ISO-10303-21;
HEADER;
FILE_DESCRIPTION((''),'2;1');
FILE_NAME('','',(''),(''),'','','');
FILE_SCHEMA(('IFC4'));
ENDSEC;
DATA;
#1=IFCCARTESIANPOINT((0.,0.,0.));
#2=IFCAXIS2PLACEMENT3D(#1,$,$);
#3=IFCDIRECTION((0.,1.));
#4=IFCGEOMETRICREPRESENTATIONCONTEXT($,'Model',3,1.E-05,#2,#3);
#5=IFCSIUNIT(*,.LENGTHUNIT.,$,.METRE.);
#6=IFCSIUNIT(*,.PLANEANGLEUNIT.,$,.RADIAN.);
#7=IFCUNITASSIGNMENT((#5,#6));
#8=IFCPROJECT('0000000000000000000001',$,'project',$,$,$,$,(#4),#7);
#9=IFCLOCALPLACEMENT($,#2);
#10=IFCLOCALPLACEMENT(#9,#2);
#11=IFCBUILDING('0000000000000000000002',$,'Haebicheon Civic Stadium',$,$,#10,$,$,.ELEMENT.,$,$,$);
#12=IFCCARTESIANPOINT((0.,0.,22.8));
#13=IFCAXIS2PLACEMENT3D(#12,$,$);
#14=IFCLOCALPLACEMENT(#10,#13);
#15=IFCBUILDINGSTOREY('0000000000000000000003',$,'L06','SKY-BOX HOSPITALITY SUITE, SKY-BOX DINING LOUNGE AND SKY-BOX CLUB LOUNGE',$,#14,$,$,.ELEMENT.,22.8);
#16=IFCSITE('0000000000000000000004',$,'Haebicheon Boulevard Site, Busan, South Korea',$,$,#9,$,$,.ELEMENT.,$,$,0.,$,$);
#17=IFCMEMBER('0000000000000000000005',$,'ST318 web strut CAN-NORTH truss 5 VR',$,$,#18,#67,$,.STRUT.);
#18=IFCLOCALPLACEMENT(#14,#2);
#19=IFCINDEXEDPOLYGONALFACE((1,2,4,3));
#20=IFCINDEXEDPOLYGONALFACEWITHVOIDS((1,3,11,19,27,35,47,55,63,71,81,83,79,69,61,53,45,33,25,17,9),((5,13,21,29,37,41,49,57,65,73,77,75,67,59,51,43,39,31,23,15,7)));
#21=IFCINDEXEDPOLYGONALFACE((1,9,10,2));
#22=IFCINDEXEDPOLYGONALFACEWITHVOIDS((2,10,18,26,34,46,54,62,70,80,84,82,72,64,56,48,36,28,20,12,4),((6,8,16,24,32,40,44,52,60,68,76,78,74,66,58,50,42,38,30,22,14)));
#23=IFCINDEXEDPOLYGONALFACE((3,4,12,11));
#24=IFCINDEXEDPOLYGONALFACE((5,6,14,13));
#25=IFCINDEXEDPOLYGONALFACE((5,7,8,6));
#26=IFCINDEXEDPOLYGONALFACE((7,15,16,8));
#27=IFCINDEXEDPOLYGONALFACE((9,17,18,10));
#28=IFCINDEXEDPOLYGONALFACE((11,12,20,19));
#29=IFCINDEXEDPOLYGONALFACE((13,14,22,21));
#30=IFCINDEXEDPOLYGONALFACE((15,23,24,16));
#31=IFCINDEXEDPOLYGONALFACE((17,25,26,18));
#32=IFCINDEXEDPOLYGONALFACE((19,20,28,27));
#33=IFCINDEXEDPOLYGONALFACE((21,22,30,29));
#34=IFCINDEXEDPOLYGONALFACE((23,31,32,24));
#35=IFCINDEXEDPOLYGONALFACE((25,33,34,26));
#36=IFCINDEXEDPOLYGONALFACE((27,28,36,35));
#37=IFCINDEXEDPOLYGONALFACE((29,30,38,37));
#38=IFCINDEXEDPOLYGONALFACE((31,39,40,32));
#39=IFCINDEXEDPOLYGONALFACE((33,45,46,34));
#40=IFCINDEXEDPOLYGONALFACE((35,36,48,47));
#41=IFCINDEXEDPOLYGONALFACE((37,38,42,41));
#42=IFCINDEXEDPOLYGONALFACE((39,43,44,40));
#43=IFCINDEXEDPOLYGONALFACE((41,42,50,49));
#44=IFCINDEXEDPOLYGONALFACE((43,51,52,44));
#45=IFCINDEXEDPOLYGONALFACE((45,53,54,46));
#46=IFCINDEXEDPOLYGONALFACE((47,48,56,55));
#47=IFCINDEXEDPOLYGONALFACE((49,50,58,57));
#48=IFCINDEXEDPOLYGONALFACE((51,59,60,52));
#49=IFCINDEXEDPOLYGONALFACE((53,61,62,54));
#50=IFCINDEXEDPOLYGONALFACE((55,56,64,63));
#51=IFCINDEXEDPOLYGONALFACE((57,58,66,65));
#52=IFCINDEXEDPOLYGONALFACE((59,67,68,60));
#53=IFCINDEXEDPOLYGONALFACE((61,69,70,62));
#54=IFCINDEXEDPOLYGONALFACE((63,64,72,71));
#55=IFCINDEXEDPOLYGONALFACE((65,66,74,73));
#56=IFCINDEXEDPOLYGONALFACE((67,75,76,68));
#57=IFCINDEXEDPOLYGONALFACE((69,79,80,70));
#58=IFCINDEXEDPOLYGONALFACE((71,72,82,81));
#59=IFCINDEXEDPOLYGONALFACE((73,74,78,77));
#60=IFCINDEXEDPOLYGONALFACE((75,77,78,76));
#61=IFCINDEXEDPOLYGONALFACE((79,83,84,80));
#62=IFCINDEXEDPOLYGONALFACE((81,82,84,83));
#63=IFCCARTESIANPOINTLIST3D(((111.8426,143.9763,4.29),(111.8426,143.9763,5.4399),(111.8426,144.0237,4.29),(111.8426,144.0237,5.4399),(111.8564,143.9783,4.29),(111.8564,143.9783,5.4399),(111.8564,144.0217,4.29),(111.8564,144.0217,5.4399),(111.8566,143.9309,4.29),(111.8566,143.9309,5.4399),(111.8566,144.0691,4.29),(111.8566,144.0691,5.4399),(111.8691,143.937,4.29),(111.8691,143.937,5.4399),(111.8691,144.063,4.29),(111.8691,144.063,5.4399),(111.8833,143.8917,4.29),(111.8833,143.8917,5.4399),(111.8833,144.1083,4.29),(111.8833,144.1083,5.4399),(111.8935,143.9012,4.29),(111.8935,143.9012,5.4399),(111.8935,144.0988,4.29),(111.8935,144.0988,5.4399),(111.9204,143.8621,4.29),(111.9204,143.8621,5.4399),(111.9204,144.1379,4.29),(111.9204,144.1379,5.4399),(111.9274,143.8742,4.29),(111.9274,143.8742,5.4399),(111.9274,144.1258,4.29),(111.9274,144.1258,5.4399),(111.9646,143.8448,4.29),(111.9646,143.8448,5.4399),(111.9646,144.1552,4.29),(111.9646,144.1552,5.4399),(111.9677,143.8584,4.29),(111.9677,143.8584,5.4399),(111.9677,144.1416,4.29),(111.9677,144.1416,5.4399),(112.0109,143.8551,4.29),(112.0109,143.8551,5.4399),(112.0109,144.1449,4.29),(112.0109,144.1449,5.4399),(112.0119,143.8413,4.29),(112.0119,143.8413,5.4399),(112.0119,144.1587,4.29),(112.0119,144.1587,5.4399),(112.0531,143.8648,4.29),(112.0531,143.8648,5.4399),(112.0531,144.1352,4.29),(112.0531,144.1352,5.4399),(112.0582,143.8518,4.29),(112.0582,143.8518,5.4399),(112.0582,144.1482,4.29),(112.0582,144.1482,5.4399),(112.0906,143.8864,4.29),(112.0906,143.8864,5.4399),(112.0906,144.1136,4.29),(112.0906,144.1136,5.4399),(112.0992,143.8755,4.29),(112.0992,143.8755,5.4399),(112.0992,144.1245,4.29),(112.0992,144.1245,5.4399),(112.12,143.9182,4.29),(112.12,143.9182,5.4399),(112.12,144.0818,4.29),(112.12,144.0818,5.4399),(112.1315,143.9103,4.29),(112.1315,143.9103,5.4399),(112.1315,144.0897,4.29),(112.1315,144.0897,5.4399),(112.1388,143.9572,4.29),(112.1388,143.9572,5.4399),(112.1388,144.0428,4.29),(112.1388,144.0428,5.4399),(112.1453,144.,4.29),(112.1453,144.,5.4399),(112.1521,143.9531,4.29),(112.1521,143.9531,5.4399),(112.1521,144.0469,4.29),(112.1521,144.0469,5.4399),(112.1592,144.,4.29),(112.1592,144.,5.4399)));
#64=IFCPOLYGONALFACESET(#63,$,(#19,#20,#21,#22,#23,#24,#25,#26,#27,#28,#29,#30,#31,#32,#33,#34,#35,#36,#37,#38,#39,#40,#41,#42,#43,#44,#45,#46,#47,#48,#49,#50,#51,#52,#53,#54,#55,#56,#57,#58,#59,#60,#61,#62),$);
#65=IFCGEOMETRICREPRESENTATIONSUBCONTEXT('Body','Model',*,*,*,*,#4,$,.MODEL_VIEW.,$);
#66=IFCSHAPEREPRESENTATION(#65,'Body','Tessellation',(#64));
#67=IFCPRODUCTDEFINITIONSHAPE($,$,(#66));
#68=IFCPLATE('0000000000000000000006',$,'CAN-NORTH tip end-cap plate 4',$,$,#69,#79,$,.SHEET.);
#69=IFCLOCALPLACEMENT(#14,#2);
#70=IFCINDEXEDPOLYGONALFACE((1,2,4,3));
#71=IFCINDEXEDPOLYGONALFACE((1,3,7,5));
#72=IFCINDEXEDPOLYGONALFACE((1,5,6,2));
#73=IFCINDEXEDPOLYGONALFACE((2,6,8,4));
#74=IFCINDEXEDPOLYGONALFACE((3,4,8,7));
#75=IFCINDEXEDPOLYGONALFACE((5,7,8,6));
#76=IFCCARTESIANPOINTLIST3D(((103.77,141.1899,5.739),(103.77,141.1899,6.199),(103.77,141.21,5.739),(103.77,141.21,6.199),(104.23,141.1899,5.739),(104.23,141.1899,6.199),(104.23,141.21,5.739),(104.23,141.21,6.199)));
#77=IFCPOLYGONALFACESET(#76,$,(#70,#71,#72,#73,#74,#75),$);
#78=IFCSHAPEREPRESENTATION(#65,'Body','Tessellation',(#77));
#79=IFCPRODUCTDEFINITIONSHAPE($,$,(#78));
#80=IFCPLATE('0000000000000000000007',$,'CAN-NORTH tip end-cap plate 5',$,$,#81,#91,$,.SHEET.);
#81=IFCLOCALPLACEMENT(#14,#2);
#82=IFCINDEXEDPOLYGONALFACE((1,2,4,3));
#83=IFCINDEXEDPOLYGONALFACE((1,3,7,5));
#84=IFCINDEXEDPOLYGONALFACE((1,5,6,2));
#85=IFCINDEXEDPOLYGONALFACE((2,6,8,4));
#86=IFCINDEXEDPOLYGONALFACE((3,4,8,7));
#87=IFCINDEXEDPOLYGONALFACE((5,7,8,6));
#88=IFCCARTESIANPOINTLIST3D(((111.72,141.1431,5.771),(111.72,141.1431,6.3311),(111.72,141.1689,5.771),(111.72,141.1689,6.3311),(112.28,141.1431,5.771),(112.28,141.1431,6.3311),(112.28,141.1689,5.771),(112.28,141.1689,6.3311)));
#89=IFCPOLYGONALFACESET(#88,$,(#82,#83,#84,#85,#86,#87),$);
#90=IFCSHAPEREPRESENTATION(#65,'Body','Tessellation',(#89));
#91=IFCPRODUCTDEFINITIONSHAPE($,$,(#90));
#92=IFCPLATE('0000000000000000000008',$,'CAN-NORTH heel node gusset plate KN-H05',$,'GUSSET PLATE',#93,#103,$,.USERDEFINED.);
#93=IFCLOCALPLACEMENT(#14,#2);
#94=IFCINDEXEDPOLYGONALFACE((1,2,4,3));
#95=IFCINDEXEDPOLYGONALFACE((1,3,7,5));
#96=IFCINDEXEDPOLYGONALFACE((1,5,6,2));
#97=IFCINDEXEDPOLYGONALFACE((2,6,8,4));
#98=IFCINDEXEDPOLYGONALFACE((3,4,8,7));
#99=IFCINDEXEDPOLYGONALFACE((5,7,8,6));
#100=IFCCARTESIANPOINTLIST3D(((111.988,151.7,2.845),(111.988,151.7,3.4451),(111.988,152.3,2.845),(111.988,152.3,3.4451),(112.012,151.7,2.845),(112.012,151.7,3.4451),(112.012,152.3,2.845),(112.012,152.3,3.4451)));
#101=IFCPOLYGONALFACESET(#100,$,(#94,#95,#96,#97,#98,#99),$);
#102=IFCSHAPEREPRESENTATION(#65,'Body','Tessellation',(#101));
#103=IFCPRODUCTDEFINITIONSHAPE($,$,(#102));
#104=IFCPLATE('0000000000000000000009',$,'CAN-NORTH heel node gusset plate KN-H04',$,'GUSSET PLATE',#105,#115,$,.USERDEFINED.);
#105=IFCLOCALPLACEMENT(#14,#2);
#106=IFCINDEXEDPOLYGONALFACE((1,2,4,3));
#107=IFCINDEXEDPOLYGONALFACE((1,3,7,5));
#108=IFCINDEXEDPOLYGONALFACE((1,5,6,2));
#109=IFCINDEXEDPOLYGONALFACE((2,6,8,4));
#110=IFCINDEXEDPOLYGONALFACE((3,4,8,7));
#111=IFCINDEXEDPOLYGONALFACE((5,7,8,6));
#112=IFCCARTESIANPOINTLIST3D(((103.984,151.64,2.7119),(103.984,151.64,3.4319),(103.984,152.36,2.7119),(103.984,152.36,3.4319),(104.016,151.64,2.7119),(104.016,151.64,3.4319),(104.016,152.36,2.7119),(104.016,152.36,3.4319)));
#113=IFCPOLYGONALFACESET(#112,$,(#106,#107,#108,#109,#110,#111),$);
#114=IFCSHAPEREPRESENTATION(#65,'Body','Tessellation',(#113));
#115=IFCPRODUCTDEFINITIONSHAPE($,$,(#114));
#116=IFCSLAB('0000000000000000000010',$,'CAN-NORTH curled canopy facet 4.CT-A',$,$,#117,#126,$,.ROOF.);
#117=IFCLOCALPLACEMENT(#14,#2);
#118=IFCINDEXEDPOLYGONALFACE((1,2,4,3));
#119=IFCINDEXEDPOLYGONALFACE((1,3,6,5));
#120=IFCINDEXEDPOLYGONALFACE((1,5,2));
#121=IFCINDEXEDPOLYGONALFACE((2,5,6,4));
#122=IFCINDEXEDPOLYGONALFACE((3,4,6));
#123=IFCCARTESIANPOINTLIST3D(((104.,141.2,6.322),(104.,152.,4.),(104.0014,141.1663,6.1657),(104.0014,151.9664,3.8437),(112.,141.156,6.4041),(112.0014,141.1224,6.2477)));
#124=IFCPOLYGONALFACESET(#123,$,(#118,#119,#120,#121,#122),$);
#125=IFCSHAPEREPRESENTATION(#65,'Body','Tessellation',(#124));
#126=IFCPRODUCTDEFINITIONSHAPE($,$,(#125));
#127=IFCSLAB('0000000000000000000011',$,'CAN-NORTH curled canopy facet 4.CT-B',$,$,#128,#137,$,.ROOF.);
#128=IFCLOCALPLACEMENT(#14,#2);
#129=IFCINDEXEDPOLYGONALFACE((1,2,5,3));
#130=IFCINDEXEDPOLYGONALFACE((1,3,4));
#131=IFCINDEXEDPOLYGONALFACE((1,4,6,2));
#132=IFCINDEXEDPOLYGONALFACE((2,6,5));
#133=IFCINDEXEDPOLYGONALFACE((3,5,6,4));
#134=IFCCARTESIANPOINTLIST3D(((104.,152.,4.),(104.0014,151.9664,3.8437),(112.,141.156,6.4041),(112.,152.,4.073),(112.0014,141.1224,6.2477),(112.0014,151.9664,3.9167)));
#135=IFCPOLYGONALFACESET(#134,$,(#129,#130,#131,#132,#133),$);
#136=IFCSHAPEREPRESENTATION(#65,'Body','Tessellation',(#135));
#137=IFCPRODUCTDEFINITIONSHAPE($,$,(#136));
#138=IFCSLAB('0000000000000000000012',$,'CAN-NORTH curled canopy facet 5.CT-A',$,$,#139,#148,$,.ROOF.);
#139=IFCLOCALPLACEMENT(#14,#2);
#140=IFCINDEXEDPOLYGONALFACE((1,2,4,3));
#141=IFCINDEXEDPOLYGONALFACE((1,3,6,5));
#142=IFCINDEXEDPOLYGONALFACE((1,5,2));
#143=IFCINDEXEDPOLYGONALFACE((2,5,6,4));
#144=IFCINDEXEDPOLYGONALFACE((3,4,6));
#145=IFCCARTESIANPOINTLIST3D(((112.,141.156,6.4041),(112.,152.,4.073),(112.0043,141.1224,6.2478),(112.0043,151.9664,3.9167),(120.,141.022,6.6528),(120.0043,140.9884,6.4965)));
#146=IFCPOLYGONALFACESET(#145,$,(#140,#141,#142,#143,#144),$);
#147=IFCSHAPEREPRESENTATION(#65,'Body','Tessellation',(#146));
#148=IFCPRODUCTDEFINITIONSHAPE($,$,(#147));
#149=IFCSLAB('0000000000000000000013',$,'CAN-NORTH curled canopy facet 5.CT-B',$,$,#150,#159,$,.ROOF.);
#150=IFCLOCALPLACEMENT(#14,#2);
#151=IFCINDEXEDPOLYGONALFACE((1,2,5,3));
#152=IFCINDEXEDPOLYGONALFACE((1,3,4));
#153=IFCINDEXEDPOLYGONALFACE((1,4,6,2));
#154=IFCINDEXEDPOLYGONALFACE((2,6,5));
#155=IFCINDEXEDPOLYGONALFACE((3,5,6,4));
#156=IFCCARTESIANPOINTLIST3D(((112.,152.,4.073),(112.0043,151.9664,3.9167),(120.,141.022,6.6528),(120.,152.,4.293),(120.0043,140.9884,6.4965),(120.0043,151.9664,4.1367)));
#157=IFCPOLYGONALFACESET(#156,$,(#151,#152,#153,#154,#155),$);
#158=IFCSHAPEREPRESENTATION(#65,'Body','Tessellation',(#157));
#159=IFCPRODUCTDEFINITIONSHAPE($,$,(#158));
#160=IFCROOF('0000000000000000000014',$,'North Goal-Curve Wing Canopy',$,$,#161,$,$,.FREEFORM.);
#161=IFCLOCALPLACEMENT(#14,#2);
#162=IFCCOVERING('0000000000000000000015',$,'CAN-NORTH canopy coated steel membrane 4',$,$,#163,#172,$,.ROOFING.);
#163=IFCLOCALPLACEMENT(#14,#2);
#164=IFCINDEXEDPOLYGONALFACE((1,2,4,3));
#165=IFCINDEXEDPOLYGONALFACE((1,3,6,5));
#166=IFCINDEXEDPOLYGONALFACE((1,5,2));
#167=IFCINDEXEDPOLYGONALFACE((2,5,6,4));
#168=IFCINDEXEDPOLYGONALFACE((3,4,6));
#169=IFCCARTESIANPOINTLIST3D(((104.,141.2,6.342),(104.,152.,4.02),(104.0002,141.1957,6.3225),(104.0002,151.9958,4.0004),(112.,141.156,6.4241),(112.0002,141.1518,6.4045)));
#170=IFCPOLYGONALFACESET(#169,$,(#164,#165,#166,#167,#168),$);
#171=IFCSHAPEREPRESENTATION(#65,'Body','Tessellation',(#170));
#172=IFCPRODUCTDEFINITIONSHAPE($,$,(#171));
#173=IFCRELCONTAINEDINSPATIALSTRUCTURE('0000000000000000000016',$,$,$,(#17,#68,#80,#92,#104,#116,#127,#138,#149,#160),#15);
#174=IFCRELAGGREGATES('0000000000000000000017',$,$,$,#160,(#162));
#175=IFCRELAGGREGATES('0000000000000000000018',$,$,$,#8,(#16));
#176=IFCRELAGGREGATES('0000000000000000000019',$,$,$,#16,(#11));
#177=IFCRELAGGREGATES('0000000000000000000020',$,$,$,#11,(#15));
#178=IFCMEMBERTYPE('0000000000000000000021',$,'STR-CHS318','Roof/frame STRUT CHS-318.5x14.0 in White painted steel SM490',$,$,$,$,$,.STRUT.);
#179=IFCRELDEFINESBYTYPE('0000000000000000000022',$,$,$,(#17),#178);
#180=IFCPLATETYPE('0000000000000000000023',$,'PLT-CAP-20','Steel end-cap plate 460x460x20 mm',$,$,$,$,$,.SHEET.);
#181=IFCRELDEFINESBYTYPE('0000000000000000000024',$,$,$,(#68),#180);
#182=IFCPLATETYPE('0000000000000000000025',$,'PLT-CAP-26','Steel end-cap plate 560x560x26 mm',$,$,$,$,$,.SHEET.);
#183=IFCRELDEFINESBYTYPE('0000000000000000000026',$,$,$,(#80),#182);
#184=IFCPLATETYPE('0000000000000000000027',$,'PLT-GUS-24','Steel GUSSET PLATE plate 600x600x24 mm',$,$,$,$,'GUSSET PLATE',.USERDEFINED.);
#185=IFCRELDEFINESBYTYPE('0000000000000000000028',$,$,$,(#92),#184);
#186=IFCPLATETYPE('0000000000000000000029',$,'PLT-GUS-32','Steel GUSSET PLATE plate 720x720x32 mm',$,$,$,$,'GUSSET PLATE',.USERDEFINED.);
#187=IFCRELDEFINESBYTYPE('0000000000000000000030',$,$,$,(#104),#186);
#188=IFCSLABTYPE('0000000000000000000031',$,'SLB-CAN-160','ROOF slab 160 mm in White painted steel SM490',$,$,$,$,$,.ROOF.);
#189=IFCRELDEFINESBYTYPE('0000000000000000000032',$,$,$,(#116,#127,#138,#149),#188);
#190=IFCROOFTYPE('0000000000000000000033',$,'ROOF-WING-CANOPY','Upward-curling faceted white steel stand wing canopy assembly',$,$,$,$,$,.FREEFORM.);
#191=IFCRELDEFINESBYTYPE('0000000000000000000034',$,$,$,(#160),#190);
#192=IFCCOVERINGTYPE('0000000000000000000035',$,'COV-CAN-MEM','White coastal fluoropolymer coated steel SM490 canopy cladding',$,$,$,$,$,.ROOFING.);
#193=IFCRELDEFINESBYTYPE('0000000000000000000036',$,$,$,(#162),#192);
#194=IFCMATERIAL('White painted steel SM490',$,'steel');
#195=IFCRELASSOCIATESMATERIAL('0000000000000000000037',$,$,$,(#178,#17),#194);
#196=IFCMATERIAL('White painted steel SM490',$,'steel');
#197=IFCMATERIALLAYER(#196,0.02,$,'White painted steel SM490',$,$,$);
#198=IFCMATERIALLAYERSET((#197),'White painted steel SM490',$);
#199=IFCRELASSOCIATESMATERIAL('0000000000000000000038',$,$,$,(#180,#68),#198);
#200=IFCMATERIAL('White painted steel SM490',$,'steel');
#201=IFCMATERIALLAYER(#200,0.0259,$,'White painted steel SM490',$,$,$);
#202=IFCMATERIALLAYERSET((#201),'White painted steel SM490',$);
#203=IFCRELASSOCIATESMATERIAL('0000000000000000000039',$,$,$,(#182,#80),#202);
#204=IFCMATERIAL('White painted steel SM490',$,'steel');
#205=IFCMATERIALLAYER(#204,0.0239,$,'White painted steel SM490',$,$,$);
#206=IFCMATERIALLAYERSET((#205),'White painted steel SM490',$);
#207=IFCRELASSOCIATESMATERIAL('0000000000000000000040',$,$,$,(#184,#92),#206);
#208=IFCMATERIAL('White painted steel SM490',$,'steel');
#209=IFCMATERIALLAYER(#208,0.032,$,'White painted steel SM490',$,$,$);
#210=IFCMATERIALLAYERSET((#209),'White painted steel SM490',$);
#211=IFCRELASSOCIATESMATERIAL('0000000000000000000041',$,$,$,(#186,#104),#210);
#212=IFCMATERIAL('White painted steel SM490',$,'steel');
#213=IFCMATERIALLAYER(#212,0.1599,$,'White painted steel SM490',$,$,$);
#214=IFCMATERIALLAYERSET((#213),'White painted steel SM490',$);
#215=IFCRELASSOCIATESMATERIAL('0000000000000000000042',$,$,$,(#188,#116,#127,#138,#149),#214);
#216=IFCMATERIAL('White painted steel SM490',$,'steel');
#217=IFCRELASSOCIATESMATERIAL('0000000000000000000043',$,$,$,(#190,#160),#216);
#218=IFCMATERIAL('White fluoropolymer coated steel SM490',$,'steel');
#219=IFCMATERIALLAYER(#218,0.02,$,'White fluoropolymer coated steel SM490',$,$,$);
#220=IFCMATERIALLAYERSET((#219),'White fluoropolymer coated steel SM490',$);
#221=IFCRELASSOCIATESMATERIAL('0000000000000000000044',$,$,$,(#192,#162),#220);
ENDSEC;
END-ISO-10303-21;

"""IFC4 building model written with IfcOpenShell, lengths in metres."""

from ifc_helpers import new_model, si_unit, direction, frame, origin, origin_2d, place, context, subcontext, project, spatial, polyline, rectangle, hollow_circle, outline, extrude, material, layer, layer_set, material_profile, profile_set, type_object, element, aggregate, save


model = new_model("IFC4")

# Units and contexts
model_context = context("Model", 3, precision=1e-05, world=origin(), true_north=direction((0.0, 1.0)))
body_context = subcontext(model_context, "Body", "Model", "MODEL_VIEW")
ifc_project = project(units=[si_unit("LENGTHUNIT", "METRE"), si_unit("PLANEANGLEUNIT", "RADIAN")], contexts=[model_context])

# Site, building, storey
site_placement = place(None, origin())
site = spatial("IfcSite", under=ifc_project, at=site_placement, Name="Haebicheon Boulevard Site, Busan, South Korea", CompositionType="ELEMENT", RefElevation=0.0)
building_placement = place(site_placement, origin())
building = spatial("IfcBuilding", under=site, at=building_placement, Name="Haebicheon Civic Stadium", CompositionType="ELEMENT")
storey_placement = place(building_placement, frame((0.0, 0.0, 22.8)))
storey = spatial("IfcBuildingStorey", under=building, at=storey_placement, Name="L06", Description="SKY-BOX HOSPITALITY SUITE, SKY-BOX DINING LOUNGE AND SKY-BOX CLUB LOUNGE", CompositionType="ELEMENT", Elevation=22.8)

# Member
ifc_material_1 = material(Name="White painted steel SM490", Category="steel")
ifc_material_profile_1 = material_profile(ifc_material_1, hollow_circle(Radius=0.1592, WallThickness=0.0139, at=origin_2d()), Name="CHS-318.5x14.0")
ifc_profile_set_1 = profile_set([ifc_material_profile_1], Name="White painted steel SM490")
member_type_1 = type_object("IfcMemberType", Name="STR-CHS318", Description="Roof/frame STRUT CHS-318.5x14.0 in White painted steel SM490", PredefinedType="STRUT", material=ifc_profile_set_1)
for number, where, z_axis, x_axis, name in (
    (1, (112.0, 144.0, 4.29), (0.0, 0.0, 1.0), (1.0, 0.0, 0.0), "ST318 web strut CAN-NORTH truss 5 VR"),
):
    element("IfcMember", number, at=place(storey_placement, frame(where, z_axis=z_axis, x_axis=x_axis)), inside=storey, type_object=member_type_1, material=ifc_profile_set_1, Name=name, PredefinedType="STRUT", context=body_context, shape_type="SweptSolid", body=[
        extrude(hollow_circle(Radius=0.1592, WallThickness=0.0139, at=origin_2d()), origin(), (0.0, 0.0, 1.0), 1.1499),
    ])

# Plates
ifc_material_2 = material(Name="White painted steel SM490", Category="steel")
ifc_layer_1 = layer(ifc_material_2, 0.02, Name="White painted steel SM490")
ifc_layer_set_1 = layer_set([ifc_layer_1], Name="White painted steel SM490")
plate_type_1 = type_object("IfcPlateType", Name="PLT-CAP-20", Description="Steel end-cap plate 460x460x20 mm", PredefinedType="SHEET", material=ifc_layer_set_1)
plate_1_placement = place(storey_placement, frame((104.0, 141.2, 5.739), z_axis=(0.0, 0.0, 1.0), x_axis=(-1.0, 0.0, 0.0)))
element("IfcPlate", 2, at=plate_1_placement, inside=storey, type_object=plate_type_1, material=ifc_layer_set_1, Name="CAN-NORTH tip end-cap plate 4", PredefinedType="SHEET", context=body_context, shape_type="SweptSolid", body=[
    extrude(rectangle(XDim=0.46, YDim=0.02, at=origin_2d()), origin(), (0.0, 0.0, 1.0), 0.46),
])
ifc_material_3 = material(Name="White painted steel SM490", Category="steel")
ifc_layer_2 = layer(ifc_material_3, 0.0259, Name="White painted steel SM490")
ifc_layer_set_2 = layer_set([ifc_layer_2], Name="White painted steel SM490")
plate_type_2 = type_object("IfcPlateType", Name="PLT-CAP-26", Description="Steel end-cap plate 560x560x26 mm", PredefinedType="SHEET", material=ifc_layer_set_2)
plate_2_placement = place(storey_placement, frame((112.0, 141.156, 5.771), z_axis=(0.0, 0.0, 1.0), x_axis=(-1.0, 0.0, 0.0)))
element("IfcPlate", 3, at=plate_2_placement, inside=storey, type_object=plate_type_2, material=ifc_layer_set_2, Name="CAN-NORTH tip end-cap plate 5", PredefinedType="SHEET", context=body_context, shape_type="SweptSolid", body=[
    extrude(rectangle(XDim=0.5601, YDim=0.0259, at=origin_2d()), origin(), (0.0, 0.0, 1.0), 0.5601),
])
ifc_material_4 = material(Name="White painted steel SM490", Category="steel")
ifc_layer_3 = layer(ifc_material_4, 0.0239, Name="White painted steel SM490")
ifc_layer_set_3 = layer_set([ifc_layer_3], Name="White painted steel SM490")
plate_type_3 = type_object("IfcPlateType", Name="PLT-GUS-24", Description="Steel GUSSET PLATE plate 600x600x24 mm", ElementType="GUSSET PLATE", PredefinedType="USERDEFINED", material=ifc_layer_set_3)
plate_3_placement = place(storey_placement, frame((112.0, 152.0, 2.845), z_axis=(0.0, 0.0, 1.0), x_axis=(0.0, 1.0, 0.0)))
element("IfcPlate", 4, at=plate_3_placement, inside=storey, type_object=plate_type_3, material=ifc_layer_set_3, Name="CAN-NORTH heel node gusset plate KN-H05", ObjectType="GUSSET PLATE", PredefinedType="USERDEFINED", context=body_context, shape_type="SweptSolid", body=[
    extrude(rectangle(XDim=0.6001, YDim=0.0239, at=origin_2d()), origin(), (0.0, 0.0, 1.0), 0.6001),
])
ifc_material_5 = material(Name="White painted steel SM490", Category="steel")
ifc_layer_4 = layer(ifc_material_5, 0.032, Name="White painted steel SM490")
ifc_layer_set_4 = layer_set([ifc_layer_4], Name="White painted steel SM490")
plate_type_4 = type_object("IfcPlateType", Name="PLT-GUS-32", Description="Steel GUSSET PLATE plate 720x720x32 mm", ElementType="GUSSET PLATE", PredefinedType="USERDEFINED", material=ifc_layer_set_4)
plate_4_placement = place(storey_placement, frame((104.0, 152.0, 2.7119), z_axis=(0.0, 0.0, 1.0), x_axis=(0.0, 1.0, 0.0)))
element("IfcPlate", 5, at=plate_4_placement, inside=storey, type_object=plate_type_4, material=ifc_layer_set_4, Name="CAN-NORTH heel node gusset plate KN-H04", ObjectType="GUSSET PLATE", PredefinedType="USERDEFINED", context=body_context, shape_type="SweptSolid", body=[
    extrude(rectangle(XDim=0.72, YDim=0.032, at=origin_2d()), origin(), (0.0, 0.0, 1.0), 0.72),
])

# Slabs
ifc_material_6 = material(Name="White painted steel SM490", Category="steel")
ifc_layer_5 = layer(ifc_material_6, 0.1599, Name="White painted steel SM490")
ifc_layer_set_5 = layer_set([ifc_layer_5], Name="White painted steel SM490")
slab_type = type_object("IfcSlabType", Name="SLB-CAN-160", Description="ROOF slab 160 mm in White painted steel SM490", PredefinedType="ROOF", material=ifc_layer_set_5)
slab_1_placement = place(storey_placement, frame((104.0, 152.0, 4.0), z_axis=(-0.00887, 0.210189, 0.97762), x_axis=(0.0, -0.977659, 0.210198)))
element("IfcSlab", 6, at=slab_1_placement, inside=storey, type_object=slab_type, material=ifc_layer_set_5, Name="CAN-NORTH curled canopy facet 4.CT-A", PredefinedType="ROOF", context=body_context, shape_type="SweptSolid", body=[
    extrude(outline(polyline([(0.0, 0.0), (11.0468, 0.0), (11.1071, 8.0003), (0.0, 0.0)])), origin(), (0.0, 0.0, -1.0), 0.1599),
])
slab_2_placement = place(storey_placement, frame((104.0, 152.0, 4.0), z_axis=(-0.008921, 0.210154, 0.977628), x_axis=(0.584437, -0.792204, 0.175627)))
element("IfcSlab", 7, at=slab_2_placement, inside=storey, type_object=slab_type, material=ifc_layer_set_5, Name="CAN-NORTH curled canopy facet 4.CT-B", PredefinedType="ROOF", context=body_context, shape_type="SweptSolid", body=[
    extrude(outline(polyline([(0.0, 0.0), (13.6884, 0.0), (4.6883, 6.4827), (0.0, 0.0)])), origin(), (0.0, 0.0, -1.0), 0.1599),
])
slab_3_placement = place(storey_placement, frame((112.0, 152.0, 4.073), z_axis=(-0.026872, 0.210086, 0.977314), x_axis=(0.0, -0.977667, 0.210162)))
element("IfcSlab", 8, at=slab_3_placement, inside=storey, type_object=slab_type, material=ifc_layer_set_5, Name="CAN-NORTH curled canopy facet 5.CT-A", PredefinedType="ROOF", context=body_context, shape_type="SweptSolid", body=[
    extrude(outline(polyline([(0.0, 0.0), (11.0917, 0.0), (11.275, 8.0029), (0.0, 0.0)])), origin(), (0.0, 0.0, -1.0), 0.1599),
])
slab_4_placement = place(storey_placement, frame((112.0, 152.0, 4.073), z_axis=(-0.026873, 0.210086, 0.977314), x_axis=(0.578598, -0.793983, 0.186586)))
element("IfcSlab", 9, at=slab_4_placement, inside=storey, type_object=slab_type, material=ifc_layer_set_5, Name="CAN-NORTH curled canopy facet 5.CT-B", PredefinedType="ROOF", context=body_context, shape_type="SweptSolid", body=[
    extrude(outline(polyline([(0.0, 0.0), (13.8265, 0.0), (4.6698, 6.4993), (0.0, 0.0)])), origin(), (0.0, 0.0, -1.0), 0.1599),
])

# Roof, covering
ifc_material_7 = material(Name="White painted steel SM490", Category="steel")
roof_type = type_object("IfcRoofType", Name="ROOF-WING-CANOPY", Description="Upward-curling faceted white steel stand wing canopy assembly", PredefinedType="FREEFORM", material=ifc_material_7)
roof_placement = place(storey_placement, origin())
roof = element("IfcRoof", 10, at=roof_placement, inside=storey, type_object=roof_type, material=ifc_material_7, Name="North Goal-Curve Wing Canopy", PredefinedType="FREEFORM")
ifc_material_8 = material(Name="White fluoropolymer coated steel SM490", Category="steel")
ifc_layer_6 = layer(ifc_material_8, 0.02, Name="White fluoropolymer coated steel SM490")
ifc_layer_set_6 = layer_set([ifc_layer_6], Name="White fluoropolymer coated steel SM490")
covering_type = type_object("IfcCoveringType", Name="COV-CAN-MEM", Description="White coastal fluoropolymer coated steel SM490 canopy cladding", PredefinedType="ROOFING", material=ifc_layer_set_6)
covering_placement = place(storey_placement, frame((104.0, 152.0, 4.02), z_axis=(-0.00887, 0.210189, 0.97762), x_axis=(0.0, -0.977659, 0.210198)))
covering = element("IfcCovering", 11, at=covering_placement, type_object=covering_type, material=ifc_layer_set_6, Name="CAN-NORTH canopy coated steel membrane 4", PredefinedType="ROOFING", context=body_context, shape_type="SweptSolid", body=[
    extrude(outline(polyline([(0.0, 0.0), (11.0468, 0.0), (11.1071, 8.0003), (0.0, 0.0)])), origin(), (0.0, 0.0, -1.0), 0.02),
])
aggregate(roof, [covering])

save(model, "model.ifc")
